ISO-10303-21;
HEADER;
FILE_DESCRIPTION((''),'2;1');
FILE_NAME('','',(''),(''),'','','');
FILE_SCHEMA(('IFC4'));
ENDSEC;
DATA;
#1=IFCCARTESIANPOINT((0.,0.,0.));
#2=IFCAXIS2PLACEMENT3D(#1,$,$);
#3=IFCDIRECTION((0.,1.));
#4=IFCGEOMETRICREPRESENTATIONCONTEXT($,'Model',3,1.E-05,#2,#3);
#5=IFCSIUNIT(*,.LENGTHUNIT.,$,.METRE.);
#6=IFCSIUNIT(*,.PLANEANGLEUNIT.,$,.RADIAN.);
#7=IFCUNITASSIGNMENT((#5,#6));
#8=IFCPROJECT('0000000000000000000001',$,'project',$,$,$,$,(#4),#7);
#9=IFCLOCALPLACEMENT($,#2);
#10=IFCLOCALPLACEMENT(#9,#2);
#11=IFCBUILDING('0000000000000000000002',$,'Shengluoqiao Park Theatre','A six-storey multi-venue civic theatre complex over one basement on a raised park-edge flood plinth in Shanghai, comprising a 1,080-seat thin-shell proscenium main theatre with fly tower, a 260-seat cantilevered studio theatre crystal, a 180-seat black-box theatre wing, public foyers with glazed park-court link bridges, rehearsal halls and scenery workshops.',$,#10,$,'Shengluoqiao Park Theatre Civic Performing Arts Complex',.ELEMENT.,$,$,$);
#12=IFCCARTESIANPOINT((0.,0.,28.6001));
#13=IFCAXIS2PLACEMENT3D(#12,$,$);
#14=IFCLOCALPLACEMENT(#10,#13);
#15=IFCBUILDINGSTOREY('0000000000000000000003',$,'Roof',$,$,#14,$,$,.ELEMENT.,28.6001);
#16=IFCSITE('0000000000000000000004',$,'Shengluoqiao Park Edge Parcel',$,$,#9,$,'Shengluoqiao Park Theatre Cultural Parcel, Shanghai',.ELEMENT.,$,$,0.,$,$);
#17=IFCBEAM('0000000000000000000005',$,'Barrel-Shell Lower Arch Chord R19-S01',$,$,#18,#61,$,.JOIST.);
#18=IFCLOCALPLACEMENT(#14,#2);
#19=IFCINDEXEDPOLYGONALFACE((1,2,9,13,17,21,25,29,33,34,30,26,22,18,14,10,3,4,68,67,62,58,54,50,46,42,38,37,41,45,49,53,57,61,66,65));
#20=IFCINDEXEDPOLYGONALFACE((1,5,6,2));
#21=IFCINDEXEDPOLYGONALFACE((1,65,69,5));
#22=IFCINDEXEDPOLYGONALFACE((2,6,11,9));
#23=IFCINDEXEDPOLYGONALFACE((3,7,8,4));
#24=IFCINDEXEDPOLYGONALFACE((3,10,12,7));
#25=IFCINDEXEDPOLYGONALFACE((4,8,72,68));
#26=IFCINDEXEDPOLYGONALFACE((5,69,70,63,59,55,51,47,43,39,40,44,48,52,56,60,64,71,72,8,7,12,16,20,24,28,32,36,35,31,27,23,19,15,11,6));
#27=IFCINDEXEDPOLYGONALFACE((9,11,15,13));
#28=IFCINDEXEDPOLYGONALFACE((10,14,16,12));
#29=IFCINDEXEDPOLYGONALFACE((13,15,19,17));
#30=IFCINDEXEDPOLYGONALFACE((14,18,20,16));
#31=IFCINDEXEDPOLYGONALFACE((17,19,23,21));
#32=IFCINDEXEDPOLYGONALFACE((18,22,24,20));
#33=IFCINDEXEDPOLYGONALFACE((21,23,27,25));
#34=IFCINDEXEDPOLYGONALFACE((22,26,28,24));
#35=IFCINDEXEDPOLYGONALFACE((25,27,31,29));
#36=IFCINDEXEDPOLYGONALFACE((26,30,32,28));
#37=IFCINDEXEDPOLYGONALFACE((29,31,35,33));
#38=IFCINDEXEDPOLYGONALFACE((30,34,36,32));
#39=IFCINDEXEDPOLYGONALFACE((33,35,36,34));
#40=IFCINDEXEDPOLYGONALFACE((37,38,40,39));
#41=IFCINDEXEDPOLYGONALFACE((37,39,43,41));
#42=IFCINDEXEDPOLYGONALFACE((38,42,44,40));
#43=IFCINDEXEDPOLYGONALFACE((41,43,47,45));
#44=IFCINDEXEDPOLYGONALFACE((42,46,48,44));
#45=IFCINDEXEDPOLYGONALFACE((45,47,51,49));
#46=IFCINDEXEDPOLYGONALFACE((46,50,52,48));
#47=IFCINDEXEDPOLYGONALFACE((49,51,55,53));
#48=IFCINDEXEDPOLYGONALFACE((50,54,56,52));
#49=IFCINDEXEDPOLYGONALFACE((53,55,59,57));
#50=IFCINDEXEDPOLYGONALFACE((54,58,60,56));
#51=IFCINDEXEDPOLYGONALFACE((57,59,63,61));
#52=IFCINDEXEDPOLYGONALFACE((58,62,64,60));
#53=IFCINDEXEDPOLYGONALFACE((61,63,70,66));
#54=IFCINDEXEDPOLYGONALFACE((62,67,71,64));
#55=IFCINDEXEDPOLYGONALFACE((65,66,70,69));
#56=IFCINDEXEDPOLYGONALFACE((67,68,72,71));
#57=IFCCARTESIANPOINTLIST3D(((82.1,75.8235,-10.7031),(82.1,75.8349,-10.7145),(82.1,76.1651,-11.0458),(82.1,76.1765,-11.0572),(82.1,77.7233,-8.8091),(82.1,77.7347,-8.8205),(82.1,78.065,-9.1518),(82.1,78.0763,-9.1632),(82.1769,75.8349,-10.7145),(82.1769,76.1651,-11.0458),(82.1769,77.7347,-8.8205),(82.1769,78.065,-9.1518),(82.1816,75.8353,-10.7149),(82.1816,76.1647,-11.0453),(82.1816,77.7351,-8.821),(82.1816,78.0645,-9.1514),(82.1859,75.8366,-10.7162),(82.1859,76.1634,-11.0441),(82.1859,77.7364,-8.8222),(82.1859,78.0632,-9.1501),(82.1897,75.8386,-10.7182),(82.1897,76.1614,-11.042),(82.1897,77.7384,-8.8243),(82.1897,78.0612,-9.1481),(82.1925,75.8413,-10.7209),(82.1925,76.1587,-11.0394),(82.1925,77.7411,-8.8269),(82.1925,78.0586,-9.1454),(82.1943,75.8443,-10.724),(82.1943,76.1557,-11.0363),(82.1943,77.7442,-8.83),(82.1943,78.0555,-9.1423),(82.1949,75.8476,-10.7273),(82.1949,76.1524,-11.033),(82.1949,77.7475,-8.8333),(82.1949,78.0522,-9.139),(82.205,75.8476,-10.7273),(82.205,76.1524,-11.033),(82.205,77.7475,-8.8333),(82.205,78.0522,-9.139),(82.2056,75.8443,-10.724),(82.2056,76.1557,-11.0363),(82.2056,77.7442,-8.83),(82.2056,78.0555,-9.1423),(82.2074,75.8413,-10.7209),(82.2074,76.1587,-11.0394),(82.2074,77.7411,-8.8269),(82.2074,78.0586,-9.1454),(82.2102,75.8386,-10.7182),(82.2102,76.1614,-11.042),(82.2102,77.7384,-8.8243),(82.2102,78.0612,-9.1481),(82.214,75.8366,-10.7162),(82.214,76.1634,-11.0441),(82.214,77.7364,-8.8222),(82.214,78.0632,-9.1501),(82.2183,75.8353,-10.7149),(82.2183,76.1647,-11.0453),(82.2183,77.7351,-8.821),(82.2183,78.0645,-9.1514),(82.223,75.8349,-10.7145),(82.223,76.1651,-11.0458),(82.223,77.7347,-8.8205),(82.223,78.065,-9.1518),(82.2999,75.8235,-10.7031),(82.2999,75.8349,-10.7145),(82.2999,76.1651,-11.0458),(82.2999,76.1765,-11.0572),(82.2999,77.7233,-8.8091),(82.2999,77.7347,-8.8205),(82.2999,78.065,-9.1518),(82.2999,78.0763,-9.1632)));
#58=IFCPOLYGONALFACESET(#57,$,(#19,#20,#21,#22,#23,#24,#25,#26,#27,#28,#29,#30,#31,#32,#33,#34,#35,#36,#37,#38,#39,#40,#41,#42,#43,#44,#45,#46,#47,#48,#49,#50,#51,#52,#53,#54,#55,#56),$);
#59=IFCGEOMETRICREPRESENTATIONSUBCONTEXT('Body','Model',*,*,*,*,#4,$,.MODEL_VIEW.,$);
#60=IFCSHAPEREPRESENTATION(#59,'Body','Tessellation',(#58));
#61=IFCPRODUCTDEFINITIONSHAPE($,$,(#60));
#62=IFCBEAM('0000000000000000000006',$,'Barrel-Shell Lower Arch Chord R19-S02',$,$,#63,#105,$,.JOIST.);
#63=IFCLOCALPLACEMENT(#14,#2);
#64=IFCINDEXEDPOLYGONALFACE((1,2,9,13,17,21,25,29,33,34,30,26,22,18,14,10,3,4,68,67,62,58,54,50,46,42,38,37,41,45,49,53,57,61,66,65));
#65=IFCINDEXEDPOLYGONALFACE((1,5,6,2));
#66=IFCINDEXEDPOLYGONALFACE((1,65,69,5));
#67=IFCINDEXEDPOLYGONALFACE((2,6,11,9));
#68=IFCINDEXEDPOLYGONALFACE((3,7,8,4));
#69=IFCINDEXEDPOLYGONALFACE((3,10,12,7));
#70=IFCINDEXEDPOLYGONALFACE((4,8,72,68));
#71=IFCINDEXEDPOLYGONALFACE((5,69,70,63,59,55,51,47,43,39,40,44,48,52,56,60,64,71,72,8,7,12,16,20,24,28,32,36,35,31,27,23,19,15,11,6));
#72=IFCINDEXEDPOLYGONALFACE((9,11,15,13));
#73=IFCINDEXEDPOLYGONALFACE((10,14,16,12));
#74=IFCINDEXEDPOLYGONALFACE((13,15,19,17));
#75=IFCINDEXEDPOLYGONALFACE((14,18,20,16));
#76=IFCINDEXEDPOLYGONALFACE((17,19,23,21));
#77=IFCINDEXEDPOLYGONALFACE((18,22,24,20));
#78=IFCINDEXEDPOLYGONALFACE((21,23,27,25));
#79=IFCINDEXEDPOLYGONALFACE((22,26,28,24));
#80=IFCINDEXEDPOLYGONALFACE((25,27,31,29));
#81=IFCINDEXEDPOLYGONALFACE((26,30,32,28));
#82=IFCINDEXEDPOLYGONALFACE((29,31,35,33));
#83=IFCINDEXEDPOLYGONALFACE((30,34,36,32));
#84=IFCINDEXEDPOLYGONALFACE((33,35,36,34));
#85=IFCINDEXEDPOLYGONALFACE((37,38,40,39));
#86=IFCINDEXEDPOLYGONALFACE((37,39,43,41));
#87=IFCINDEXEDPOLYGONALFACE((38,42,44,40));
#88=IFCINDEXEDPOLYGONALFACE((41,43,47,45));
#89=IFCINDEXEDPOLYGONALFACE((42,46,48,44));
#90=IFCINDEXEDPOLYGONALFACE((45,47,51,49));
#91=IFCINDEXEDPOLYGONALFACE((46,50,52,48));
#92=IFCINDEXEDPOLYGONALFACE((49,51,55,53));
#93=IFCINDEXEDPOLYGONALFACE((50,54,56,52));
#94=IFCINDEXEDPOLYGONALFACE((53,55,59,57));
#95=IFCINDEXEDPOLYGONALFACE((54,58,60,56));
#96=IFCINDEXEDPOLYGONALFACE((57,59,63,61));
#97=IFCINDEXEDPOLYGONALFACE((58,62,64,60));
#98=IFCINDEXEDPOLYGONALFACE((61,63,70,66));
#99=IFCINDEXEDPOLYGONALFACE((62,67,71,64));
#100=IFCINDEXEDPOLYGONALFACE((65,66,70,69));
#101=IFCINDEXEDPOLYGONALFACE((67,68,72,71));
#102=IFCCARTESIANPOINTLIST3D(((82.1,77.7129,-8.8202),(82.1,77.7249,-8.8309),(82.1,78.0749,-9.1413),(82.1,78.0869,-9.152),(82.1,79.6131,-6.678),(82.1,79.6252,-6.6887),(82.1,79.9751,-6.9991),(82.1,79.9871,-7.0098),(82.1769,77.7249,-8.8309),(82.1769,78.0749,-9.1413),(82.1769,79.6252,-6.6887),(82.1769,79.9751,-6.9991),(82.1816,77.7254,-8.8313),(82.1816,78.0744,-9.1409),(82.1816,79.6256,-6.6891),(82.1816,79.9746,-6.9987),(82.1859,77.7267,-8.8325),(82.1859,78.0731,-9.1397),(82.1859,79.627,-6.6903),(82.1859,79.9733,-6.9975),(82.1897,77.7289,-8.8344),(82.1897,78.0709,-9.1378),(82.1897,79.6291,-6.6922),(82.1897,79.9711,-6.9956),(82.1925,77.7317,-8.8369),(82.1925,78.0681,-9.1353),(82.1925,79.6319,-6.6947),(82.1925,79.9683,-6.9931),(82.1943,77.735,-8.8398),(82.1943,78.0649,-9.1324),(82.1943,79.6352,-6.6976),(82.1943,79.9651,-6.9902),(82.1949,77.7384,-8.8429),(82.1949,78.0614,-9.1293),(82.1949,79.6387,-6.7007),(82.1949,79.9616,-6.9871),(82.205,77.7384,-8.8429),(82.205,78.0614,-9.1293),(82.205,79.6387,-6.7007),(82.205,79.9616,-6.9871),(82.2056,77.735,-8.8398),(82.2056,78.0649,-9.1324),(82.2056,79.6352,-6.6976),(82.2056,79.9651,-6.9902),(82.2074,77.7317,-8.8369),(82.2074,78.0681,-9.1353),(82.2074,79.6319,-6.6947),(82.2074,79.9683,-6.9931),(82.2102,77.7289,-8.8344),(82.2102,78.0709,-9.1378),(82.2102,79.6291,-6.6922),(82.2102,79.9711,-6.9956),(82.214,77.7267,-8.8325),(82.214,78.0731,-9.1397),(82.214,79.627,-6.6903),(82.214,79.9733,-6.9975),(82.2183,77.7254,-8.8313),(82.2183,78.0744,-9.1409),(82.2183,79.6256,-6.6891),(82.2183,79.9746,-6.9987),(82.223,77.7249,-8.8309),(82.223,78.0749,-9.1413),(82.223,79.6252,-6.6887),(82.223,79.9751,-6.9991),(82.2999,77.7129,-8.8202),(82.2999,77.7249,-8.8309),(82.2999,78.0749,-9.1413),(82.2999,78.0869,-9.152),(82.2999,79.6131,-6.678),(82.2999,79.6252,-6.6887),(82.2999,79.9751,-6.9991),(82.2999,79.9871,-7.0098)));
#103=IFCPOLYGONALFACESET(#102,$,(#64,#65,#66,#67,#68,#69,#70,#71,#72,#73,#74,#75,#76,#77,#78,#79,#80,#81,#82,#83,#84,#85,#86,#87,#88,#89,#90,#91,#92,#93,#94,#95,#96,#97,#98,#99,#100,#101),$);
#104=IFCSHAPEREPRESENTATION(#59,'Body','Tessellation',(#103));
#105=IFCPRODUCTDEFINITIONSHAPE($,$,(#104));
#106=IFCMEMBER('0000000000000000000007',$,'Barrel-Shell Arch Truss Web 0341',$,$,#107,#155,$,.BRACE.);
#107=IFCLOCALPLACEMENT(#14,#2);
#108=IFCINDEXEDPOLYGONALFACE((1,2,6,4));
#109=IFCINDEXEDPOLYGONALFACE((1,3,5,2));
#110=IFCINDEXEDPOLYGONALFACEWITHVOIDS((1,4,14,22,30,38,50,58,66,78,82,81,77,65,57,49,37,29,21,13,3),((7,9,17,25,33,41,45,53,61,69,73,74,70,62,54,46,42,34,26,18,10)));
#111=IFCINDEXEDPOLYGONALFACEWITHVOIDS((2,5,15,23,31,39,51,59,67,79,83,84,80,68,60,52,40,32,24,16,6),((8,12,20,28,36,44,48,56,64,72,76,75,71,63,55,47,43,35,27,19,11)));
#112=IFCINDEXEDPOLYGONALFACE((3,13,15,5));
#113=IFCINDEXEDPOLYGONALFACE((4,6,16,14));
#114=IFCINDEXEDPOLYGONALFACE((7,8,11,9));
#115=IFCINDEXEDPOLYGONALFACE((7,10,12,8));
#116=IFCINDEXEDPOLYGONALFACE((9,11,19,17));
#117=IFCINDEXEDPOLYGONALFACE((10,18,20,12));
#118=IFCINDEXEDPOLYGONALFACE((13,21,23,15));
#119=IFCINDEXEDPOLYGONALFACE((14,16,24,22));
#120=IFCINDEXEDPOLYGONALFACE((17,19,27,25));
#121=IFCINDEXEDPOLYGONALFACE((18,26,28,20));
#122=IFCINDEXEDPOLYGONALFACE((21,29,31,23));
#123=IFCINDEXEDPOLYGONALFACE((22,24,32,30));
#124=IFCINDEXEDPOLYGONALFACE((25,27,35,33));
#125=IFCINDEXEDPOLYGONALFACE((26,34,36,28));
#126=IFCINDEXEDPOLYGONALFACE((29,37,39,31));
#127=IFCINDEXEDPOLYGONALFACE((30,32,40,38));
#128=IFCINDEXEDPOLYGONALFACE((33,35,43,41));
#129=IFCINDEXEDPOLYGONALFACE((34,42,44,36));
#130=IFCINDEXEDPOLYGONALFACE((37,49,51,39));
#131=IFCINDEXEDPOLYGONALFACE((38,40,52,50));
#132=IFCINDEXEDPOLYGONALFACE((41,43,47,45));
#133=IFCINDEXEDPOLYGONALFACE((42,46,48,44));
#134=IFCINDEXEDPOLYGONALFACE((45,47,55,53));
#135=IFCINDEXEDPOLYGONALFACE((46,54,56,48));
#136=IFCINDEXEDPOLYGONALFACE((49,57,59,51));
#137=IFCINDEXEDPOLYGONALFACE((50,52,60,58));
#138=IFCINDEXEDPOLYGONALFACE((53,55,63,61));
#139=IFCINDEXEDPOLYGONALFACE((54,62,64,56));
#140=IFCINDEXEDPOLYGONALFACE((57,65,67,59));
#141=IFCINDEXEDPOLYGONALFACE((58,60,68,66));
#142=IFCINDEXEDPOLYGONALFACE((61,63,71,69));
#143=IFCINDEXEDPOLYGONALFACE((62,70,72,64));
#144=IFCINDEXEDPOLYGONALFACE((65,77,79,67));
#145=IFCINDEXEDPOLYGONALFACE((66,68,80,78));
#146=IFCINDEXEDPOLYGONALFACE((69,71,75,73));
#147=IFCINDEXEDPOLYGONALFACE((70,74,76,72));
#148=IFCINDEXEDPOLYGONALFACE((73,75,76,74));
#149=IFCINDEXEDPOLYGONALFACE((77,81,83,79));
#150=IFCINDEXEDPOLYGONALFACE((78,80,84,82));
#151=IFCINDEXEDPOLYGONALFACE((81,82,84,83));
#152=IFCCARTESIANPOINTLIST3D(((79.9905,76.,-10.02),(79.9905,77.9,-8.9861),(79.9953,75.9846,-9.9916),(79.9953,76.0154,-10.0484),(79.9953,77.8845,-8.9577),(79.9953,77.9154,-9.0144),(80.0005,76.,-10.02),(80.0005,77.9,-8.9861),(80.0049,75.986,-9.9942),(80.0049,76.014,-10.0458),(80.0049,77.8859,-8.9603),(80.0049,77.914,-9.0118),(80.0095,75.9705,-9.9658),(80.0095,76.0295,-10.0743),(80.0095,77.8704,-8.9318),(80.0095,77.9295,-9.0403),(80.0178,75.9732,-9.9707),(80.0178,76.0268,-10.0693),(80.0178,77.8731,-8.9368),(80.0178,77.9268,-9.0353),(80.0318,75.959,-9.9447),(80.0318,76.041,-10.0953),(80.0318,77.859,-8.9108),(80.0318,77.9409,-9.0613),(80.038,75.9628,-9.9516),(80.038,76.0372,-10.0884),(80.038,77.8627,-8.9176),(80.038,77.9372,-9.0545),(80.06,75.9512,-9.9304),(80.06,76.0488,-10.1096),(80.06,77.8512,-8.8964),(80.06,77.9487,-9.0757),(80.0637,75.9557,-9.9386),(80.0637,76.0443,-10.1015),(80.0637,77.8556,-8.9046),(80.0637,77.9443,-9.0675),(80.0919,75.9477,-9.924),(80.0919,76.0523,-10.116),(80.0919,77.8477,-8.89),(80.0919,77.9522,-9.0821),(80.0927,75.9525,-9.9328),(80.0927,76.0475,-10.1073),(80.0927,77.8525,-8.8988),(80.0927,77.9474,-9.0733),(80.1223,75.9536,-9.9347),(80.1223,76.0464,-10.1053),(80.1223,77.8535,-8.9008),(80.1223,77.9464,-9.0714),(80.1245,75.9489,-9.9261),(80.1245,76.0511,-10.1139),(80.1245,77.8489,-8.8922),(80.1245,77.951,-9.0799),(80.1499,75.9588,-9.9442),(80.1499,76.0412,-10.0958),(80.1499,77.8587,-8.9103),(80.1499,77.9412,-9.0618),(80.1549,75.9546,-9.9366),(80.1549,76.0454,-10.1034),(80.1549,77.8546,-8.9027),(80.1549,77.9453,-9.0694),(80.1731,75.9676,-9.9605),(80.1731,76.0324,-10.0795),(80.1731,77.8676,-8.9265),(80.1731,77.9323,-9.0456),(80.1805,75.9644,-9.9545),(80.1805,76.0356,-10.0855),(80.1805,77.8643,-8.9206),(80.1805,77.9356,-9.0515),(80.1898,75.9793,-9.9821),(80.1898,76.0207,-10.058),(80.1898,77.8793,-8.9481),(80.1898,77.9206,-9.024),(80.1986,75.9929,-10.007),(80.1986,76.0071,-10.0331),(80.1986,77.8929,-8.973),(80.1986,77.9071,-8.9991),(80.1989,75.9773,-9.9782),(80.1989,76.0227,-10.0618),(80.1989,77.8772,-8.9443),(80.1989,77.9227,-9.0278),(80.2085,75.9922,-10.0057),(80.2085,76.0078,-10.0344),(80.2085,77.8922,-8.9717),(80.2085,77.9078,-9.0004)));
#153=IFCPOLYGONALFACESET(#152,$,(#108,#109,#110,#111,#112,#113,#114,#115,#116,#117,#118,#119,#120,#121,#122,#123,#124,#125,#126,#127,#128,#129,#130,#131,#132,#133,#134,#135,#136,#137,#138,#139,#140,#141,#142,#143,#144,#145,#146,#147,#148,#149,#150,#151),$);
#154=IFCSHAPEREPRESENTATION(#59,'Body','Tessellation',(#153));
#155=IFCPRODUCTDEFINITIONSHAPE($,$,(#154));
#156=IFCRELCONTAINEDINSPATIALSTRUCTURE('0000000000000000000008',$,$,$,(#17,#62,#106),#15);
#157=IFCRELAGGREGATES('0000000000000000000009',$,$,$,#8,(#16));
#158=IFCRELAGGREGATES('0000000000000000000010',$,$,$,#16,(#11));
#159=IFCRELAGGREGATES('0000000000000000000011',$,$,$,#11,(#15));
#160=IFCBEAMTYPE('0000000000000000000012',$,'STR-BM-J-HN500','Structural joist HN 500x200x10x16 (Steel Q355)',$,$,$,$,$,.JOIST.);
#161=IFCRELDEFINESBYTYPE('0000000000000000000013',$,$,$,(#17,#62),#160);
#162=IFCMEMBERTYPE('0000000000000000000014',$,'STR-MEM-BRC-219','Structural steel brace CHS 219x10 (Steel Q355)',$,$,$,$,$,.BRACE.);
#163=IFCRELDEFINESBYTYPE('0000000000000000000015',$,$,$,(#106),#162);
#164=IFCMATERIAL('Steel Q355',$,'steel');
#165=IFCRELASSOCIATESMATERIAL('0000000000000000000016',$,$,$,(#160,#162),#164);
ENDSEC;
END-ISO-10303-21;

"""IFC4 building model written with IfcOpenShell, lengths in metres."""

from ifc_helpers import new_model, si_unit, direction, frame, origin, origin_2d, place, context, subcontext, project, spatial, hollow_circle, i_section, extrude, material, material_profile, profile_set, type_object, element, save


model = new_model("IFC4")

# Units and contexts
model_context = context("Model", 3, precision=1e-05, world=origin(), true_north=direction((0.0, 1.0)))
body_context = subcontext(model_context, "Body", "Model", "MODEL_VIEW")
ifc_project = project(units=[si_unit("LENGTHUNIT", "METRE"), si_unit("PLANEANGLEUNIT", "RADIAN")], contexts=[model_context])

# Site, building, storey
site_placement = place(None, origin())
site = spatial("IfcSite", under=ifc_project, at=site_placement, Name="Shengluoqiao Park Edge Parcel", LongName="Shengluoqiao Park Theatre Cultural Parcel, Shanghai", CompositionType="ELEMENT", RefElevation=0.0)
building_placement = place(site_placement, origin())
building = spatial("IfcBuilding", under=site, at=building_placement, Name="Shengluoqiao Park Theatre", Description="A six-storey multi-venue civic theatre complex over one basement on a raised park-edge flood plinth in Shanghai, comprising a 1,080-seat thin-shell proscenium main theatre with fly tower, a 260-seat cantilevered studio theatre crystal, a 180-seat black-box theatre wing, public foyers with glazed park-court link bridges, rehearsal halls and scenery workshops.", LongName="Shengluoqiao Park Theatre Civic Performing Arts Complex", CompositionType="ELEMENT")
storey_placement = place(building_placement, frame((0.0, 0.0, 28.6001)))
storey = spatial("IfcBuildingStorey", under=building, at=storey_placement, Name="Roof", CompositionType="ELEMENT", Elevation=28.6001)

# Beams
ifc_material_1 = material(Name="Steel Q355", Category="steel")
ifc_material_profile_1 = material_profile(ifc_material_1, i_section(OverallWidth=0.2, OverallDepth=0.5, WebThickness=0.01, FlangeThickness=0.0161, FilletRadius=0.0181, at=origin_2d()), Name="HN 500x200x10x16")
ifc_profile_set_1 = profile_set([ifc_material_profile_1], Name="Steel Q355")
beam_type_1 = type_object("IfcBeamType", Name="STR-BM-J-HN500", Description="Structural joist HN 500x200x10x16 (Steel Q355)", PredefinedType="JOIST", material=ifc_profile_set_1)
beam_1_placement = place(storey_placement, frame((82.2, 76.0, -10.8801), z_axis=(0.0, 0.708198, 0.706014), x_axis=(-1.0, 0.0, 0.0)))
element("IfcBeam", 1, at=beam_1_placement, inside=storey, type_object=beam_type_1, Name="Barrel-Shell Lower Arch Chord R19-S01", PredefinedType="JOIST", context=body_context, shape_type="SweptSolid", body=[
    extrude(i_section(OverallWidth=0.2, OverallDepth=0.5, WebThickness=0.01, FlangeThickness=0.0161, FilletRadius=0.0181, at=origin_2d()), origin(), (0.0, 0.0, 1.0), 2.6826),
])
beam_2_placement = place(storey_placement, frame((82.2, 77.8999, -8.9861), z_axis=(0.0, 0.663596, 0.748091), x_axis=(-1.0, 0.0, 0.0)))
element("IfcBeam", 2, at=beam_2_placement, inside=storey, type_object=beam_type_1, Name="Barrel-Shell Lower Arch Chord R19-S02", PredefinedType="JOIST", context=body_context, shape_type="SweptSolid", body=[
    extrude(i_section(OverallWidth=0.2, OverallDepth=0.5, WebThickness=0.01, FlangeThickness=0.0161, FilletRadius=0.0181, at=origin_2d()), origin(), (0.0, 0.0, 1.0), 2.8635),
])

# Member
ifc_material_profile_2 = material_profile(ifc_material_1, hollow_circle(Radius=0.1096, WallThickness=0.01, at=origin_2d()), Name="CHS 219x10")
ifc_profile_set_2 = profile_set([ifc_material_profile_2], Name="Steel Q355")
member_type_1 = type_object("IfcMemberType", Name="STR-MEM-BRC-219", Description="Structural steel brace CHS 219x10 (Steel Q355)", PredefinedType="BRACE", material=ifc_profile_set_2)
member_1_placement = place(storey_placement, frame((80.1001, 76.0, -10.02), z_axis=(0.0, 0.878357, 0.478006), x_axis=(-1.0, 0.0, 0.0)))
element("IfcMember", 3, at=member_1_placement, inside=storey, type_object=member_type_1, Name="Barrel-Shell Arch Truss Web 0341", PredefinedType="BRACE", context=body_context, shape_type="SweptSolid", body=[
    extrude(hollow_circle(Radius=0.1096, WallThickness=0.01, at=origin_2d()), origin(), (0.0, 0.0, 1.0), 2.1631),
])

save(model, "model.ifc")
